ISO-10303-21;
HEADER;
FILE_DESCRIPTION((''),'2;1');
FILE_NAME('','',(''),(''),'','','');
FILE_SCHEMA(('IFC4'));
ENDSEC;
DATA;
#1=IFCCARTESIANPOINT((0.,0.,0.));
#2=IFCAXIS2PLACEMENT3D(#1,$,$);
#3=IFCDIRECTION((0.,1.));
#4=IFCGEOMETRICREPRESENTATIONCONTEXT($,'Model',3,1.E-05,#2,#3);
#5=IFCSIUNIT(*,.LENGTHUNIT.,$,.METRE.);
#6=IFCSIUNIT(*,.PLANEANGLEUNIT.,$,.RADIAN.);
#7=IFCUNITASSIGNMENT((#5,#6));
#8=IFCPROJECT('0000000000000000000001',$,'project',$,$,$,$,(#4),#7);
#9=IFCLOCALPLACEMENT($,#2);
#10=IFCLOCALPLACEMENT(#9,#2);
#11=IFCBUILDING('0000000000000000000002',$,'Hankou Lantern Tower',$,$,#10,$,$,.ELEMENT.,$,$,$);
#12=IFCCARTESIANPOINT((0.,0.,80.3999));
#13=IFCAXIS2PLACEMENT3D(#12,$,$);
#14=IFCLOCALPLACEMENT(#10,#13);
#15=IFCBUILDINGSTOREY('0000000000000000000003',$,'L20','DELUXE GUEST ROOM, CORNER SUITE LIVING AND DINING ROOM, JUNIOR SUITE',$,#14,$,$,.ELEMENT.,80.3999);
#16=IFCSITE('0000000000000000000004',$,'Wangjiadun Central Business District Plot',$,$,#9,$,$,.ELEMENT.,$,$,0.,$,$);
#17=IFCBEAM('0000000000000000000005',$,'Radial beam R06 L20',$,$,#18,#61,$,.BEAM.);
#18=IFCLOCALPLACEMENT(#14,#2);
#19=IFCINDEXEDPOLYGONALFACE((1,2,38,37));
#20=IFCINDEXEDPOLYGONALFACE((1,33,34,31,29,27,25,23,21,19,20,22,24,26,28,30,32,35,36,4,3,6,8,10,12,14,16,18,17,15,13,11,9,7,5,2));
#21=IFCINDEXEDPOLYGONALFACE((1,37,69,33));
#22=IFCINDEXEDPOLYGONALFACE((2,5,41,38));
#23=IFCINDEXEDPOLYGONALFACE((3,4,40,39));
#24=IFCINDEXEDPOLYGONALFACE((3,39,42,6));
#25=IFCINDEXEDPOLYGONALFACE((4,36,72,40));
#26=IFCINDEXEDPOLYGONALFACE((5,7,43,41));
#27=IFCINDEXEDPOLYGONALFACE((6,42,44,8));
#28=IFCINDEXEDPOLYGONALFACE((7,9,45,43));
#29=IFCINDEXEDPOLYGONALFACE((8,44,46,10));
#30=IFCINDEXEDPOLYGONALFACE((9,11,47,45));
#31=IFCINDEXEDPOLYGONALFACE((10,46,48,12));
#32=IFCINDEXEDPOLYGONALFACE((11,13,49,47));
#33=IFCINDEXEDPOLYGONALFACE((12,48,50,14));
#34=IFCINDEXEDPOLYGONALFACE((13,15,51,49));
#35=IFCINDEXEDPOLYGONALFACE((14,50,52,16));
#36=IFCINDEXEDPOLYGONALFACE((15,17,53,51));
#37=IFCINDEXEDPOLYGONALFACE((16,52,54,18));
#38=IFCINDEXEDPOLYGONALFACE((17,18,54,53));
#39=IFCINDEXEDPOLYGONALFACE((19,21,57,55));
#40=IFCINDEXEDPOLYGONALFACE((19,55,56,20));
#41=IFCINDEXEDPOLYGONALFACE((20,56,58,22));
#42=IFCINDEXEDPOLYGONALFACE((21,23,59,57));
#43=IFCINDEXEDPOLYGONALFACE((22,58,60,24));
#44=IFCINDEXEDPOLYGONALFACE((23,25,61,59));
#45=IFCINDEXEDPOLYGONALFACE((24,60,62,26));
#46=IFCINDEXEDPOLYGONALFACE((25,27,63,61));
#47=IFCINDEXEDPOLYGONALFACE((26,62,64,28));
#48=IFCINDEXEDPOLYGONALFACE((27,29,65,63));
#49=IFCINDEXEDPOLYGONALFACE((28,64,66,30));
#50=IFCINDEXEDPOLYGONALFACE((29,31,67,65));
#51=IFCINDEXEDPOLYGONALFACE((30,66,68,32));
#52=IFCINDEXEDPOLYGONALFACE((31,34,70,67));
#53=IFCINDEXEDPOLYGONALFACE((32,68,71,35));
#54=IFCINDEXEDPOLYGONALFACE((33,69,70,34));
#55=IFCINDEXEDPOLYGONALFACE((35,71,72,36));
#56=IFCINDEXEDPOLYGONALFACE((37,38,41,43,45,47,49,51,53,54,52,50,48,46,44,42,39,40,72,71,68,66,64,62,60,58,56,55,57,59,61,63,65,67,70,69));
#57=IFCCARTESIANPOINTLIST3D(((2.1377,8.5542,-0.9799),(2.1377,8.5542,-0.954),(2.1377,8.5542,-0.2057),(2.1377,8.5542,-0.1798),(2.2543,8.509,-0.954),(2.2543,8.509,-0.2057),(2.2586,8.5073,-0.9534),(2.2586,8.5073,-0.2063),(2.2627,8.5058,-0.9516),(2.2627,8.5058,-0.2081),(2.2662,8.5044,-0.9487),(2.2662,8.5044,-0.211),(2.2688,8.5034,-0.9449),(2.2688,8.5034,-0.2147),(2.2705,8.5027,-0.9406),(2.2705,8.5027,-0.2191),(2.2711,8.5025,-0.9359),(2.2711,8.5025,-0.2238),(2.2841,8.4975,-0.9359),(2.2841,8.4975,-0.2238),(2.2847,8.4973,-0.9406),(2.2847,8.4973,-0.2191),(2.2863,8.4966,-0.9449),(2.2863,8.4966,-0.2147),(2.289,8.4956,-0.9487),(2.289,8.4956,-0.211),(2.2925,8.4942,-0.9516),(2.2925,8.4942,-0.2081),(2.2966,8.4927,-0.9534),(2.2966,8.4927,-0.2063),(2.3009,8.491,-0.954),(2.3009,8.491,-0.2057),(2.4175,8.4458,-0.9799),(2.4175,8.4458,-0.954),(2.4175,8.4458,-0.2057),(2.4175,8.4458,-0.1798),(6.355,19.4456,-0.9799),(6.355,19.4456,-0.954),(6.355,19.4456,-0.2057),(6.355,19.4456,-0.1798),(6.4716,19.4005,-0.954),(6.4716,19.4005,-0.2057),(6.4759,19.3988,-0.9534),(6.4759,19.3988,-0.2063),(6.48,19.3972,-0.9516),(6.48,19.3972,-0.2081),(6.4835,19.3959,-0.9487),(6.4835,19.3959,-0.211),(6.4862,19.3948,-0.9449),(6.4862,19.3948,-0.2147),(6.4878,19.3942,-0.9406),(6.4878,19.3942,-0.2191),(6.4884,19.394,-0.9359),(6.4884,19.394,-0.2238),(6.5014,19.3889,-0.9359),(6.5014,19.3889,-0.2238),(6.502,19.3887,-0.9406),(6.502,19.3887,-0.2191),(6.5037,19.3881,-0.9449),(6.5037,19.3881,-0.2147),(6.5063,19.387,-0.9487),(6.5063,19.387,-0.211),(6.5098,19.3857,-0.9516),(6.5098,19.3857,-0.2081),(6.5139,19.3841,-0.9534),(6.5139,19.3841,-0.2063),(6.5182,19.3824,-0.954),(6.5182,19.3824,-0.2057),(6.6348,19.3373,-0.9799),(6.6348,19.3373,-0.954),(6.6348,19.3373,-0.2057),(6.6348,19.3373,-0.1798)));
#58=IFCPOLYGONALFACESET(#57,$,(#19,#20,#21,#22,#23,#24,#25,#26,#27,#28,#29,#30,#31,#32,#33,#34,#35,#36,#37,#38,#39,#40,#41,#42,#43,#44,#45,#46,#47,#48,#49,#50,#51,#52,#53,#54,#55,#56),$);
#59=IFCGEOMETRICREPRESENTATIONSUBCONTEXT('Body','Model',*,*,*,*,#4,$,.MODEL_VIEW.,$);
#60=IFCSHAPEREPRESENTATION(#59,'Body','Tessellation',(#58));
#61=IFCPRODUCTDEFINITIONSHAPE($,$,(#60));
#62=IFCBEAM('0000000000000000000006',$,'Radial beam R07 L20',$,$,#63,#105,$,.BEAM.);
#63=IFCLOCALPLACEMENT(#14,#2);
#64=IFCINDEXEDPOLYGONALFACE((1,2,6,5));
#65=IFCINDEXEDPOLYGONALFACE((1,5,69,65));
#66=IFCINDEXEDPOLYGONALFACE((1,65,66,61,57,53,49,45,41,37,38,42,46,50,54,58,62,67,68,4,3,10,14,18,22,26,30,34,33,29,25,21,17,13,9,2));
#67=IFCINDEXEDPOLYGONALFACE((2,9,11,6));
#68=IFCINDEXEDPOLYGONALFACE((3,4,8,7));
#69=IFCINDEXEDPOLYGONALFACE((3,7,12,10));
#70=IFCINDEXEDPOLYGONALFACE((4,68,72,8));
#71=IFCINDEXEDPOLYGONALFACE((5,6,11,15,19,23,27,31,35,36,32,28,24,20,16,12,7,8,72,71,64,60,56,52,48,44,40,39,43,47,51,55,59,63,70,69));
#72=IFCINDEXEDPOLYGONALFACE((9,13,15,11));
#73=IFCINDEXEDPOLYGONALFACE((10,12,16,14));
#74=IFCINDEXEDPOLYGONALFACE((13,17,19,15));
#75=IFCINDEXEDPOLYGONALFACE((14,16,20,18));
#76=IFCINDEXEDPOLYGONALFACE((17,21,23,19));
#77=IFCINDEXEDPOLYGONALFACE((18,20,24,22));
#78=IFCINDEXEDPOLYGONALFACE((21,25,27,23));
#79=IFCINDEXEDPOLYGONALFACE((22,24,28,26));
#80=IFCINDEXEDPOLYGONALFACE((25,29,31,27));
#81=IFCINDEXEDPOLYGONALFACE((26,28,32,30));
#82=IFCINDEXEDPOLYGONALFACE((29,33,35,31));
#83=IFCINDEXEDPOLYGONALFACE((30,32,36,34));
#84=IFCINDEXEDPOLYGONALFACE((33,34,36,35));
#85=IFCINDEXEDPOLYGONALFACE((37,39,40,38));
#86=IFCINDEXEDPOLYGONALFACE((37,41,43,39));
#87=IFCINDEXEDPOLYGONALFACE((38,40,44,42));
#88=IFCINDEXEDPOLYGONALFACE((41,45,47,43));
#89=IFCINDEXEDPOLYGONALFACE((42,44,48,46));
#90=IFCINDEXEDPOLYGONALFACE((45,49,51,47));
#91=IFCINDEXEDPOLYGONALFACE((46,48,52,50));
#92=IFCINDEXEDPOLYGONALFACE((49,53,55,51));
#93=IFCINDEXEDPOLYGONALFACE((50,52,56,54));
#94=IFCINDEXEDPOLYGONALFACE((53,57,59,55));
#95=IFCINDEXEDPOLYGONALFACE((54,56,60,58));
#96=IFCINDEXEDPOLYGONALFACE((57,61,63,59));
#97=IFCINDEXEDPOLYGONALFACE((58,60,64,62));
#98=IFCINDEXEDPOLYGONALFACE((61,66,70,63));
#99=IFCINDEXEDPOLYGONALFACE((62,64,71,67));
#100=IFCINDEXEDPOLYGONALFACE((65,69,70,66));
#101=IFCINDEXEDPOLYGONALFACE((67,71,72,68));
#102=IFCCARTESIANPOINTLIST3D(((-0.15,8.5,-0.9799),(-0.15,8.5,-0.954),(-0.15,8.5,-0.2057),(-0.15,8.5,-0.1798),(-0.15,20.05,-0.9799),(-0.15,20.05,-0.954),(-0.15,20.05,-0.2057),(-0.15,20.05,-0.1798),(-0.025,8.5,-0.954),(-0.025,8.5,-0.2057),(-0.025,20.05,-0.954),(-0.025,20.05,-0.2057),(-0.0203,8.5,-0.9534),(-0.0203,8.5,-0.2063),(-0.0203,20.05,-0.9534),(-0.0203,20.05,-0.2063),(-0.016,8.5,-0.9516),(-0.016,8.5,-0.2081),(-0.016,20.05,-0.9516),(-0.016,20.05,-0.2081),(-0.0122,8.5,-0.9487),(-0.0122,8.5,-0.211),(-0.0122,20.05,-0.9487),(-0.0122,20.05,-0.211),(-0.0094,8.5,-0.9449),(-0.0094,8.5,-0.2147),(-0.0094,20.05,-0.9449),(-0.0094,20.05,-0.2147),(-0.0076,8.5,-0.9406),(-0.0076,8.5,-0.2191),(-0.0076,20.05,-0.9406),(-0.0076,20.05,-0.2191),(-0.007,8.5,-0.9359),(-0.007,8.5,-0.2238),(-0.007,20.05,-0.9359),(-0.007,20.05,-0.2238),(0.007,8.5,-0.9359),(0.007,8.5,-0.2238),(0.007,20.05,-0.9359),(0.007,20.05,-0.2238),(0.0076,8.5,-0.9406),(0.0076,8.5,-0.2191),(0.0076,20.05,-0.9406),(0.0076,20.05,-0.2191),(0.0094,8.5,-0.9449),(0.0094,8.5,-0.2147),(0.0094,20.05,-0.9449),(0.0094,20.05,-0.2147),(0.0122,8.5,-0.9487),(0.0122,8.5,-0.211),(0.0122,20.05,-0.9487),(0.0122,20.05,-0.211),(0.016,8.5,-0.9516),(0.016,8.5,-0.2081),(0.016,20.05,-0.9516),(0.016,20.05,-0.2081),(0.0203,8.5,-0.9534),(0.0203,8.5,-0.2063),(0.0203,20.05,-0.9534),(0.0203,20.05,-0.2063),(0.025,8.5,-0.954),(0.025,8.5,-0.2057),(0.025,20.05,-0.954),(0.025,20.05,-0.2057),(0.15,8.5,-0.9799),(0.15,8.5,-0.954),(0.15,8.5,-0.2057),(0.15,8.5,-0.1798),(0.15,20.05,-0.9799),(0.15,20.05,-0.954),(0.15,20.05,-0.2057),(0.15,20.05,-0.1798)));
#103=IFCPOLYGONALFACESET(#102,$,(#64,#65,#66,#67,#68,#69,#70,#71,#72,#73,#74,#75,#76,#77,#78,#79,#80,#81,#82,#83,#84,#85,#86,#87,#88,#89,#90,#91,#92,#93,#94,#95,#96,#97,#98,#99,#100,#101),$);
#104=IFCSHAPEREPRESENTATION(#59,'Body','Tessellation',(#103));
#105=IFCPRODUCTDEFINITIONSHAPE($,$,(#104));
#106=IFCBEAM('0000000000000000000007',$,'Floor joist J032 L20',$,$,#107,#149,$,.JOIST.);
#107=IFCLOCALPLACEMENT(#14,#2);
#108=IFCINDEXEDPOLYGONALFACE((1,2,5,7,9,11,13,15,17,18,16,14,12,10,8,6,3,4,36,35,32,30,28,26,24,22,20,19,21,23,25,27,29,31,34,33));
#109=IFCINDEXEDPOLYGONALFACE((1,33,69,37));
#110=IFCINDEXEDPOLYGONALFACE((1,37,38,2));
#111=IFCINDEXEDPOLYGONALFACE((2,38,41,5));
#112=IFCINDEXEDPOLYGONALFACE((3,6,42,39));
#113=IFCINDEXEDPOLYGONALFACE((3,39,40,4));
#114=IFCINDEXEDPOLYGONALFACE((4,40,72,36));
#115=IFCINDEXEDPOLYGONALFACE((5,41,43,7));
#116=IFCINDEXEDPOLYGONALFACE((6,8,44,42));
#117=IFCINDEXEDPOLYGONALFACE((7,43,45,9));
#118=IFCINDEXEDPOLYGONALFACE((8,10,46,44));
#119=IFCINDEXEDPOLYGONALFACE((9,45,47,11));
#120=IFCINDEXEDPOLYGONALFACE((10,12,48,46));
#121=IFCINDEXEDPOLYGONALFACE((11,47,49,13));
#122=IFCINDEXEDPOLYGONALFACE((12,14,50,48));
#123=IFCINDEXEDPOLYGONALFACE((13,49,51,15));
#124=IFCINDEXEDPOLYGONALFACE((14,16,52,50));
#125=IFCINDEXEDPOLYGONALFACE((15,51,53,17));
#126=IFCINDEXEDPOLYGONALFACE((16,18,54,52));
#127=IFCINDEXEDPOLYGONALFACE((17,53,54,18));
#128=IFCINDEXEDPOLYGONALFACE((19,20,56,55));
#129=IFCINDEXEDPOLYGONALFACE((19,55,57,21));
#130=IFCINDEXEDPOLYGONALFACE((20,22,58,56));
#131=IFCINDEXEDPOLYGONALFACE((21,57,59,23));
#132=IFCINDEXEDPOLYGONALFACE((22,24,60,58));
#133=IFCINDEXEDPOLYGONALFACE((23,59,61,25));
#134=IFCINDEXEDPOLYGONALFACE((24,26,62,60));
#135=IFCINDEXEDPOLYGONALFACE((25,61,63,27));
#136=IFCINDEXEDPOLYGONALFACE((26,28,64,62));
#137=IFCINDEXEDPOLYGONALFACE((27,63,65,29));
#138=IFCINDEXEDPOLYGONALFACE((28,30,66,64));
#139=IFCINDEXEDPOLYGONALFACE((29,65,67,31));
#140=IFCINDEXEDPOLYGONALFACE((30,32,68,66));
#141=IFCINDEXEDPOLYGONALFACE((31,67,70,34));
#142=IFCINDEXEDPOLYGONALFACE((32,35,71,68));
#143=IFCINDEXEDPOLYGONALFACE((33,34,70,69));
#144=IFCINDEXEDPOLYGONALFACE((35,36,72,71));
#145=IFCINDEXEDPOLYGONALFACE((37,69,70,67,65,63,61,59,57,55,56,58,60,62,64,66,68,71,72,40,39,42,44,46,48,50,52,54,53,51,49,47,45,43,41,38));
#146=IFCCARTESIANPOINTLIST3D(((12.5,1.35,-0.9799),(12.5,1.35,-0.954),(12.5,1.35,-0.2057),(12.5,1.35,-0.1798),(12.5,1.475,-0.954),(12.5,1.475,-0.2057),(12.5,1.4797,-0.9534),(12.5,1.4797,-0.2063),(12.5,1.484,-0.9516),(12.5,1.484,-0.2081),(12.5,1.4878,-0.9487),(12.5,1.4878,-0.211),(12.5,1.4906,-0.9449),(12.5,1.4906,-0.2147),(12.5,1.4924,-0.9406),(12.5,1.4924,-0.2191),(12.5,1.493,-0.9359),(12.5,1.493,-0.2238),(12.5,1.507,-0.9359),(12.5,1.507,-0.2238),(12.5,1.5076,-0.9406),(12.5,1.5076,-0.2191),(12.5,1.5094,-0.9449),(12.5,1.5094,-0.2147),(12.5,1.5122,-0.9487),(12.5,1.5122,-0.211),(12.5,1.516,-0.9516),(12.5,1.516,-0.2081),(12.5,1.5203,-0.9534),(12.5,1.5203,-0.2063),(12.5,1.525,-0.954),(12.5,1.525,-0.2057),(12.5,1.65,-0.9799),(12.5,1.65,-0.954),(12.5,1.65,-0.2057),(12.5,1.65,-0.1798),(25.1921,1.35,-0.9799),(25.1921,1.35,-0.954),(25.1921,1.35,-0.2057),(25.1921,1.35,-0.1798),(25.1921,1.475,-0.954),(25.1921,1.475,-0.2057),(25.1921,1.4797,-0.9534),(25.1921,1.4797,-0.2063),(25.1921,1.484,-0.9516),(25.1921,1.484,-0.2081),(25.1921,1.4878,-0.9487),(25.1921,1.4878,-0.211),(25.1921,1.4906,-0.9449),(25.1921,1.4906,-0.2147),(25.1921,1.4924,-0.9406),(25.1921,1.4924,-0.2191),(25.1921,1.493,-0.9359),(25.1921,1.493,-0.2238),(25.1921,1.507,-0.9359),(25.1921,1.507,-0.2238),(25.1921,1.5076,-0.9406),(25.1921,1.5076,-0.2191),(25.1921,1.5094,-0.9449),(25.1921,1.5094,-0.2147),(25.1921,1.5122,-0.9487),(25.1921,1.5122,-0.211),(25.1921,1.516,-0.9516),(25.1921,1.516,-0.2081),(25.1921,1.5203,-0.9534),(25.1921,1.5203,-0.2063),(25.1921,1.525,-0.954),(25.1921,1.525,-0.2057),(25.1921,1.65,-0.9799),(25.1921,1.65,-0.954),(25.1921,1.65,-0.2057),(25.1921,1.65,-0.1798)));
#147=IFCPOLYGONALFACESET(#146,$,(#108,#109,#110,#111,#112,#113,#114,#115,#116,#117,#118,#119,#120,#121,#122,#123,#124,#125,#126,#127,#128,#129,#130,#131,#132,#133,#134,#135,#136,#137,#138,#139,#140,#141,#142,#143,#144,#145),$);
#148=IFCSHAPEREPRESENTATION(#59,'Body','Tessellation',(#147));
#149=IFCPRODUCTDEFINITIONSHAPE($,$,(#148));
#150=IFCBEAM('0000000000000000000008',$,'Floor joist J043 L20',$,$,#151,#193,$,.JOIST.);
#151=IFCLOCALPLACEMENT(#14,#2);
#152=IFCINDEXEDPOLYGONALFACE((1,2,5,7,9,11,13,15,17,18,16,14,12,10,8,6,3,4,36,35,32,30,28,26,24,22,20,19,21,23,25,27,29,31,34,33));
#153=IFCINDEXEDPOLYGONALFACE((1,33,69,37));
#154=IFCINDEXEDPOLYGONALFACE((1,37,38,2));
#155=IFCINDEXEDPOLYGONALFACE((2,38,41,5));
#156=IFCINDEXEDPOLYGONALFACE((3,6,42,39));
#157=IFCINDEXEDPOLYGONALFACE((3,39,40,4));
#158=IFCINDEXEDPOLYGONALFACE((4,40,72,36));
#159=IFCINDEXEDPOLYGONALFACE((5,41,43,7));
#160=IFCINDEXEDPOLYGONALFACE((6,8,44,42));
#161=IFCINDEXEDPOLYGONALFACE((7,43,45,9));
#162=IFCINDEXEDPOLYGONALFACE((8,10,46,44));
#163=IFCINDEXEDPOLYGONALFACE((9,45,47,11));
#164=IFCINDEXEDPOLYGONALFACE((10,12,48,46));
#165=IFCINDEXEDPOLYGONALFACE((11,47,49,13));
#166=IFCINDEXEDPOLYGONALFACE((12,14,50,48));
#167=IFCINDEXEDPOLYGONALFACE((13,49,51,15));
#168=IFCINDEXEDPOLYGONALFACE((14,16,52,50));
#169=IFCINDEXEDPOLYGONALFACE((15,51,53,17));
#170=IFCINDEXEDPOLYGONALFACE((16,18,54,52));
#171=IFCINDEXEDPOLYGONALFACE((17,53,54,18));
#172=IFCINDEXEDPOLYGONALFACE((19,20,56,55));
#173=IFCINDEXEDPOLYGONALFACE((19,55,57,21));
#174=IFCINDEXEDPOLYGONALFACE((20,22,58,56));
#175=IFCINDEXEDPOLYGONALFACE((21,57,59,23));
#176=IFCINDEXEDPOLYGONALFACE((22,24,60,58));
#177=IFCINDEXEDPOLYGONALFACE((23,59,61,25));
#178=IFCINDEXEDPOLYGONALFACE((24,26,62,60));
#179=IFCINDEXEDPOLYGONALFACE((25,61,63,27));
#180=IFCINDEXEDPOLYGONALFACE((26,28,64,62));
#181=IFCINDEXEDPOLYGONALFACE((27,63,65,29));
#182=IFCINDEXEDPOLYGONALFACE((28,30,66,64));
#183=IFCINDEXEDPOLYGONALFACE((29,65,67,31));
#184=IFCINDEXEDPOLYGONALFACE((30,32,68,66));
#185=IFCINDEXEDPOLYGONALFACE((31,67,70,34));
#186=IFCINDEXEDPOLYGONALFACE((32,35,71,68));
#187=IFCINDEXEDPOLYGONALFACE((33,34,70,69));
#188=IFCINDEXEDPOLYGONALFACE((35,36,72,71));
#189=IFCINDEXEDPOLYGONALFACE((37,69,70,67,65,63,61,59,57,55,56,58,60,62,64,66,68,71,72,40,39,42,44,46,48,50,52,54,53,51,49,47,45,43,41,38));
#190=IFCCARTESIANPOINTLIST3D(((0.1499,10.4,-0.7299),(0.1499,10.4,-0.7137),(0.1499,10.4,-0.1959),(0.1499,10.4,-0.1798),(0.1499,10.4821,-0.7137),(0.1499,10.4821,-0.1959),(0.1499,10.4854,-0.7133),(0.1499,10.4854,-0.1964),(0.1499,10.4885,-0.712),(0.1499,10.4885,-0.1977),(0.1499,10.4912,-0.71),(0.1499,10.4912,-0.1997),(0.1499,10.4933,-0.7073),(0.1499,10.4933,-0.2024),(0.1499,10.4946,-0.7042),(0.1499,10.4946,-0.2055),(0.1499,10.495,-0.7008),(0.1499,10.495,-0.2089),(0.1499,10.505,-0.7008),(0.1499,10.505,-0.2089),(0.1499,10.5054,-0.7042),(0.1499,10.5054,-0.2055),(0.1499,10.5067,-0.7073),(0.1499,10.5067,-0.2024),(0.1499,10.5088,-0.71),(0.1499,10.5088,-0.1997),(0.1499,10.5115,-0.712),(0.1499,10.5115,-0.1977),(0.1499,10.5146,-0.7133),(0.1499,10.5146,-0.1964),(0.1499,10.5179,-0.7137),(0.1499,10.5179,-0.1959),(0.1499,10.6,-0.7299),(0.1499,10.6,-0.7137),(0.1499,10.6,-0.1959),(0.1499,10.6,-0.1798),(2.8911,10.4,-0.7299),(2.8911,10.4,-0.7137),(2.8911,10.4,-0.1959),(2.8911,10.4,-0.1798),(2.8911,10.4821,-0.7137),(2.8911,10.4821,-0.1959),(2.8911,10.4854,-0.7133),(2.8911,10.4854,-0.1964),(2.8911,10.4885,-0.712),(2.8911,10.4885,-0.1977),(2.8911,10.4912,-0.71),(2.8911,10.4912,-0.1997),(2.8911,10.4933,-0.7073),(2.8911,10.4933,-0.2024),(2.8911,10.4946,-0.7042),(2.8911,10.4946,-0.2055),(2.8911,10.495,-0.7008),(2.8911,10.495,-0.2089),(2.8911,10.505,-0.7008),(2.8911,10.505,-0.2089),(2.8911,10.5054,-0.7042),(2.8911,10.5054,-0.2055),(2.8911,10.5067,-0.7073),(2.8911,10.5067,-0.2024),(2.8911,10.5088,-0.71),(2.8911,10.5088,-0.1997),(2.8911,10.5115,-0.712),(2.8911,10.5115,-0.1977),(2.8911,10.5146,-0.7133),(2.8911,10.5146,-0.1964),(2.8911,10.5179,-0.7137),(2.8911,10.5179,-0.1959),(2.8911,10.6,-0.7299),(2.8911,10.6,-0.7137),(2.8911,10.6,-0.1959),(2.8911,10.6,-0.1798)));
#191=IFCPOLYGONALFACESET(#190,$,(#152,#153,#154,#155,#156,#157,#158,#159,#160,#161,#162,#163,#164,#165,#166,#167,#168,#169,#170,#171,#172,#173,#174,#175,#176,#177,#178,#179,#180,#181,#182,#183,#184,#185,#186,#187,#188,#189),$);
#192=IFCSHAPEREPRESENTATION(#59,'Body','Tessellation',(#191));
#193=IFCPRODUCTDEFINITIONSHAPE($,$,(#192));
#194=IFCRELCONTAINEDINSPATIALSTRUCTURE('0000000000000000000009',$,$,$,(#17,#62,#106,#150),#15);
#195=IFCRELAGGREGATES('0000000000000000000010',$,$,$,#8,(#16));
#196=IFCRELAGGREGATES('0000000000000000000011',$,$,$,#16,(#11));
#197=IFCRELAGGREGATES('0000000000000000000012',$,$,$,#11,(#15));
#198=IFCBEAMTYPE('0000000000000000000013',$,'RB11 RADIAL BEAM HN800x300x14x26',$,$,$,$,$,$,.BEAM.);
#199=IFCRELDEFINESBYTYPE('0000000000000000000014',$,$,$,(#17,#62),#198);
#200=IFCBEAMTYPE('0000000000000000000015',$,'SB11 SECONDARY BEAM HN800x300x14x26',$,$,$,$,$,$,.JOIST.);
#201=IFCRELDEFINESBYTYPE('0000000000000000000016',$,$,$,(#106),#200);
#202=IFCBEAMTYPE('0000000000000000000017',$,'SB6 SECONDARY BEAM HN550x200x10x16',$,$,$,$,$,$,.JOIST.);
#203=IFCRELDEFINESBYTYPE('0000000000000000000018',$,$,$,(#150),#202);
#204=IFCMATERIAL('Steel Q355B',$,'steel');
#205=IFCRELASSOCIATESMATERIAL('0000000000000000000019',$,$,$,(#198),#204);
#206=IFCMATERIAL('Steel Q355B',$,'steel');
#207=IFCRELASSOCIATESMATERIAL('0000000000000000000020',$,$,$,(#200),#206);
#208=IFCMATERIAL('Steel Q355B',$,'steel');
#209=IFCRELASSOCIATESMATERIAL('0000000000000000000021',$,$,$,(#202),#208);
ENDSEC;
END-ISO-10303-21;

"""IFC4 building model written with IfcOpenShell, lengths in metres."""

from ifc_helpers import new_model, si_unit, direction, frame, origin, origin_2d, place, context, subcontext, project, spatial, i_section, extrude, material, material_profile, profile_set, type_object, element, save


model = new_model("IFC4")

# Units and contexts
model_context = context("Model", 3, precision=1e-05, world=origin(), true_north=direction((0.0, 1.0)))
body_context = subcontext(model_context, "Body", "Model", "MODEL_VIEW")
ifc_project = project(units=[si_unit("LENGTHUNIT", "METRE"), si_unit("PLANEANGLEUNIT", "RADIAN")], contexts=[model_context])

# Site, building, storey
site_placement = place(None, origin())
site = spatial("IfcSite", under=ifc_project, at=site_placement, Name="Wangjiadun Central Business District Plot", CompositionType="ELEMENT", RefElevation=0.0)
building_placement = place(site_placement, origin())
building = spatial("IfcBuilding", under=site, at=building_placement, Name="Hankou Lantern Tower", CompositionType="ELEMENT")
storey_placement = place(building_placement, frame((0.0, 0.0, 80.3999)))
storey = spatial("IfcBuildingStorey", under=building, at=storey_placement, Name="L20", Description="DELUXE GUEST ROOM, CORNER SUITE LIVING AND DINING ROOM, JUNIOR SUITE", CompositionType="ELEMENT", Elevation=80.3999)

# Beams
ifc_material_1 = material(Name="Steel Q355B", Category="steel")
ifc_material_profile_1 = material_profile(ifc_material_1, i_section(OverallWidth=0.3, OverallDepth=0.8, WebThickness=0.0139, FlangeThickness=0.0259, FilletRadius=0.0181, at=origin_2d()), Name="HN800x300x14x26")
ifc_profile_set_1 = profile_set([ifc_material_profile_1], Name="Steel Q355B")
beam_type_1 = type_object("IfcBeamType", Name="RB11 RADIAL BEAM HN800x300x14x26", PredefinedType="BEAM", material=ifc_profile_set_1)
beam_1_placement = place(storey_placement, frame((2.2776, 8.5, -0.5798), z_axis=(0.361089, 0.932531, 0.0), x_axis=(-0.932531, 0.361089, 0.0)))
element("IfcBeam", 1, at=beam_1_placement, inside=storey, type_object=beam_type_1, Name="Radial beam R06 L20", PredefinedType="BEAM", context=body_context, shape_type="SweptSolid", body=[
    extrude(i_section(OverallWidth=0.3, OverallDepth=0.8, WebThickness=0.0139, FlangeThickness=0.0259, FilletRadius=0.0181, at=origin_2d()), origin(), (0.0, 0.0, 1.0), 11.6794),
])
beam_2_placement = place(storey_placement, frame((0.0, 8.5, -0.5798), z_axis=(0.0, 1.0, 0.0), x_axis=(-1.0, 0.0, 0.0)))
element("IfcBeam", 2, at=beam_2_placement, inside=storey, type_object=beam_type_1, Name="Radial beam R07 L20", PredefinedType="BEAM", context=body_context, shape_type="SweptSolid", body=[
    extrude(i_section(OverallWidth=0.3, OverallDepth=0.8, WebThickness=0.0139, FlangeThickness=0.0259, FilletRadius=0.0181, at=origin_2d()), origin(), (0.0, 0.0, 1.0), 11.55),
])
ifc_material_2 = material(Name="Steel Q355B", Category="steel")
ifc_material_profile_2 = material_profile(ifc_material_2, i_section(OverallWidth=0.3, OverallDepth=0.8, WebThickness=0.0139, FlangeThickness=0.0259, FilletRadius=0.0181, at=origin_2d()), Name="HN800x300x14x26")
ifc_profile_set_2 = profile_set([ifc_material_profile_2], Name="Steel Q355B")
beam_type_2 = type_object("IfcBeamType", Name="SB11 SECONDARY BEAM HN800x300x14x26", PredefinedType="JOIST", material=ifc_profile_set_2)
beam_3_placement = place(storey_placement, frame((12.5, 1.5, -0.5798), z_axis=(1.0, 0.0, 0.0), x_axis=(0.0, 1.0, 0.0)))
element("IfcBeam", 3, at=beam_3_placement, inside=storey, type_object=beam_type_2, Name="Floor joist J032 L20", PredefinedType="JOIST", context=body_context, shape_type="SweptSolid", body=[
    extrude(i_section(OverallWidth=0.3, OverallDepth=0.8, WebThickness=0.0139, FlangeThickness=0.0259, FilletRadius=0.0181, at=origin_2d()), origin(), (0.0, 0.0, 1.0), 12.6921),
])
ifc_material_3 = material(Name="Steel Q355B", Category="steel")
ifc_material_profile_3 = material_profile(ifc_material_3, i_section(OverallWidth=0.2, OverallDepth=0.55, WebThickness=0.01, FlangeThickness=0.0161, FilletRadius=0.0129, at=origin_2d()), Name="HN550x200x10x16")
ifc_profile_set_3 = profile_set([ifc_material_profile_3], Name="Steel Q355B")
beam_type_3 = type_object("IfcBeamType", Name="SB6 SECONDARY BEAM HN550x200x10x16", PredefinedType="JOIST", material=ifc_profile_set_3)
beam_4_placement = place(storey_placement, frame((0.1499, 10.5, -0.4548), z_axis=(1.0, 0.0, 0.0), x_axis=(0.0, 1.0, 0.0)))
element("IfcBeam", 4, at=beam_4_placement, inside=storey, type_object=beam_type_3, Name="Floor joist J043 L20", PredefinedType="JOIST", context=body_context, shape_type="SweptSolid", body=[
    extrude(i_section(OverallWidth=0.2, OverallDepth=0.55, WebThickness=0.01, FlangeThickness=0.0161, FilletRadius=0.0129, at=origin_2d()), origin(), (0.0, 0.0, 1.0), 2.7412),
])

save(model, "model.ifc")
